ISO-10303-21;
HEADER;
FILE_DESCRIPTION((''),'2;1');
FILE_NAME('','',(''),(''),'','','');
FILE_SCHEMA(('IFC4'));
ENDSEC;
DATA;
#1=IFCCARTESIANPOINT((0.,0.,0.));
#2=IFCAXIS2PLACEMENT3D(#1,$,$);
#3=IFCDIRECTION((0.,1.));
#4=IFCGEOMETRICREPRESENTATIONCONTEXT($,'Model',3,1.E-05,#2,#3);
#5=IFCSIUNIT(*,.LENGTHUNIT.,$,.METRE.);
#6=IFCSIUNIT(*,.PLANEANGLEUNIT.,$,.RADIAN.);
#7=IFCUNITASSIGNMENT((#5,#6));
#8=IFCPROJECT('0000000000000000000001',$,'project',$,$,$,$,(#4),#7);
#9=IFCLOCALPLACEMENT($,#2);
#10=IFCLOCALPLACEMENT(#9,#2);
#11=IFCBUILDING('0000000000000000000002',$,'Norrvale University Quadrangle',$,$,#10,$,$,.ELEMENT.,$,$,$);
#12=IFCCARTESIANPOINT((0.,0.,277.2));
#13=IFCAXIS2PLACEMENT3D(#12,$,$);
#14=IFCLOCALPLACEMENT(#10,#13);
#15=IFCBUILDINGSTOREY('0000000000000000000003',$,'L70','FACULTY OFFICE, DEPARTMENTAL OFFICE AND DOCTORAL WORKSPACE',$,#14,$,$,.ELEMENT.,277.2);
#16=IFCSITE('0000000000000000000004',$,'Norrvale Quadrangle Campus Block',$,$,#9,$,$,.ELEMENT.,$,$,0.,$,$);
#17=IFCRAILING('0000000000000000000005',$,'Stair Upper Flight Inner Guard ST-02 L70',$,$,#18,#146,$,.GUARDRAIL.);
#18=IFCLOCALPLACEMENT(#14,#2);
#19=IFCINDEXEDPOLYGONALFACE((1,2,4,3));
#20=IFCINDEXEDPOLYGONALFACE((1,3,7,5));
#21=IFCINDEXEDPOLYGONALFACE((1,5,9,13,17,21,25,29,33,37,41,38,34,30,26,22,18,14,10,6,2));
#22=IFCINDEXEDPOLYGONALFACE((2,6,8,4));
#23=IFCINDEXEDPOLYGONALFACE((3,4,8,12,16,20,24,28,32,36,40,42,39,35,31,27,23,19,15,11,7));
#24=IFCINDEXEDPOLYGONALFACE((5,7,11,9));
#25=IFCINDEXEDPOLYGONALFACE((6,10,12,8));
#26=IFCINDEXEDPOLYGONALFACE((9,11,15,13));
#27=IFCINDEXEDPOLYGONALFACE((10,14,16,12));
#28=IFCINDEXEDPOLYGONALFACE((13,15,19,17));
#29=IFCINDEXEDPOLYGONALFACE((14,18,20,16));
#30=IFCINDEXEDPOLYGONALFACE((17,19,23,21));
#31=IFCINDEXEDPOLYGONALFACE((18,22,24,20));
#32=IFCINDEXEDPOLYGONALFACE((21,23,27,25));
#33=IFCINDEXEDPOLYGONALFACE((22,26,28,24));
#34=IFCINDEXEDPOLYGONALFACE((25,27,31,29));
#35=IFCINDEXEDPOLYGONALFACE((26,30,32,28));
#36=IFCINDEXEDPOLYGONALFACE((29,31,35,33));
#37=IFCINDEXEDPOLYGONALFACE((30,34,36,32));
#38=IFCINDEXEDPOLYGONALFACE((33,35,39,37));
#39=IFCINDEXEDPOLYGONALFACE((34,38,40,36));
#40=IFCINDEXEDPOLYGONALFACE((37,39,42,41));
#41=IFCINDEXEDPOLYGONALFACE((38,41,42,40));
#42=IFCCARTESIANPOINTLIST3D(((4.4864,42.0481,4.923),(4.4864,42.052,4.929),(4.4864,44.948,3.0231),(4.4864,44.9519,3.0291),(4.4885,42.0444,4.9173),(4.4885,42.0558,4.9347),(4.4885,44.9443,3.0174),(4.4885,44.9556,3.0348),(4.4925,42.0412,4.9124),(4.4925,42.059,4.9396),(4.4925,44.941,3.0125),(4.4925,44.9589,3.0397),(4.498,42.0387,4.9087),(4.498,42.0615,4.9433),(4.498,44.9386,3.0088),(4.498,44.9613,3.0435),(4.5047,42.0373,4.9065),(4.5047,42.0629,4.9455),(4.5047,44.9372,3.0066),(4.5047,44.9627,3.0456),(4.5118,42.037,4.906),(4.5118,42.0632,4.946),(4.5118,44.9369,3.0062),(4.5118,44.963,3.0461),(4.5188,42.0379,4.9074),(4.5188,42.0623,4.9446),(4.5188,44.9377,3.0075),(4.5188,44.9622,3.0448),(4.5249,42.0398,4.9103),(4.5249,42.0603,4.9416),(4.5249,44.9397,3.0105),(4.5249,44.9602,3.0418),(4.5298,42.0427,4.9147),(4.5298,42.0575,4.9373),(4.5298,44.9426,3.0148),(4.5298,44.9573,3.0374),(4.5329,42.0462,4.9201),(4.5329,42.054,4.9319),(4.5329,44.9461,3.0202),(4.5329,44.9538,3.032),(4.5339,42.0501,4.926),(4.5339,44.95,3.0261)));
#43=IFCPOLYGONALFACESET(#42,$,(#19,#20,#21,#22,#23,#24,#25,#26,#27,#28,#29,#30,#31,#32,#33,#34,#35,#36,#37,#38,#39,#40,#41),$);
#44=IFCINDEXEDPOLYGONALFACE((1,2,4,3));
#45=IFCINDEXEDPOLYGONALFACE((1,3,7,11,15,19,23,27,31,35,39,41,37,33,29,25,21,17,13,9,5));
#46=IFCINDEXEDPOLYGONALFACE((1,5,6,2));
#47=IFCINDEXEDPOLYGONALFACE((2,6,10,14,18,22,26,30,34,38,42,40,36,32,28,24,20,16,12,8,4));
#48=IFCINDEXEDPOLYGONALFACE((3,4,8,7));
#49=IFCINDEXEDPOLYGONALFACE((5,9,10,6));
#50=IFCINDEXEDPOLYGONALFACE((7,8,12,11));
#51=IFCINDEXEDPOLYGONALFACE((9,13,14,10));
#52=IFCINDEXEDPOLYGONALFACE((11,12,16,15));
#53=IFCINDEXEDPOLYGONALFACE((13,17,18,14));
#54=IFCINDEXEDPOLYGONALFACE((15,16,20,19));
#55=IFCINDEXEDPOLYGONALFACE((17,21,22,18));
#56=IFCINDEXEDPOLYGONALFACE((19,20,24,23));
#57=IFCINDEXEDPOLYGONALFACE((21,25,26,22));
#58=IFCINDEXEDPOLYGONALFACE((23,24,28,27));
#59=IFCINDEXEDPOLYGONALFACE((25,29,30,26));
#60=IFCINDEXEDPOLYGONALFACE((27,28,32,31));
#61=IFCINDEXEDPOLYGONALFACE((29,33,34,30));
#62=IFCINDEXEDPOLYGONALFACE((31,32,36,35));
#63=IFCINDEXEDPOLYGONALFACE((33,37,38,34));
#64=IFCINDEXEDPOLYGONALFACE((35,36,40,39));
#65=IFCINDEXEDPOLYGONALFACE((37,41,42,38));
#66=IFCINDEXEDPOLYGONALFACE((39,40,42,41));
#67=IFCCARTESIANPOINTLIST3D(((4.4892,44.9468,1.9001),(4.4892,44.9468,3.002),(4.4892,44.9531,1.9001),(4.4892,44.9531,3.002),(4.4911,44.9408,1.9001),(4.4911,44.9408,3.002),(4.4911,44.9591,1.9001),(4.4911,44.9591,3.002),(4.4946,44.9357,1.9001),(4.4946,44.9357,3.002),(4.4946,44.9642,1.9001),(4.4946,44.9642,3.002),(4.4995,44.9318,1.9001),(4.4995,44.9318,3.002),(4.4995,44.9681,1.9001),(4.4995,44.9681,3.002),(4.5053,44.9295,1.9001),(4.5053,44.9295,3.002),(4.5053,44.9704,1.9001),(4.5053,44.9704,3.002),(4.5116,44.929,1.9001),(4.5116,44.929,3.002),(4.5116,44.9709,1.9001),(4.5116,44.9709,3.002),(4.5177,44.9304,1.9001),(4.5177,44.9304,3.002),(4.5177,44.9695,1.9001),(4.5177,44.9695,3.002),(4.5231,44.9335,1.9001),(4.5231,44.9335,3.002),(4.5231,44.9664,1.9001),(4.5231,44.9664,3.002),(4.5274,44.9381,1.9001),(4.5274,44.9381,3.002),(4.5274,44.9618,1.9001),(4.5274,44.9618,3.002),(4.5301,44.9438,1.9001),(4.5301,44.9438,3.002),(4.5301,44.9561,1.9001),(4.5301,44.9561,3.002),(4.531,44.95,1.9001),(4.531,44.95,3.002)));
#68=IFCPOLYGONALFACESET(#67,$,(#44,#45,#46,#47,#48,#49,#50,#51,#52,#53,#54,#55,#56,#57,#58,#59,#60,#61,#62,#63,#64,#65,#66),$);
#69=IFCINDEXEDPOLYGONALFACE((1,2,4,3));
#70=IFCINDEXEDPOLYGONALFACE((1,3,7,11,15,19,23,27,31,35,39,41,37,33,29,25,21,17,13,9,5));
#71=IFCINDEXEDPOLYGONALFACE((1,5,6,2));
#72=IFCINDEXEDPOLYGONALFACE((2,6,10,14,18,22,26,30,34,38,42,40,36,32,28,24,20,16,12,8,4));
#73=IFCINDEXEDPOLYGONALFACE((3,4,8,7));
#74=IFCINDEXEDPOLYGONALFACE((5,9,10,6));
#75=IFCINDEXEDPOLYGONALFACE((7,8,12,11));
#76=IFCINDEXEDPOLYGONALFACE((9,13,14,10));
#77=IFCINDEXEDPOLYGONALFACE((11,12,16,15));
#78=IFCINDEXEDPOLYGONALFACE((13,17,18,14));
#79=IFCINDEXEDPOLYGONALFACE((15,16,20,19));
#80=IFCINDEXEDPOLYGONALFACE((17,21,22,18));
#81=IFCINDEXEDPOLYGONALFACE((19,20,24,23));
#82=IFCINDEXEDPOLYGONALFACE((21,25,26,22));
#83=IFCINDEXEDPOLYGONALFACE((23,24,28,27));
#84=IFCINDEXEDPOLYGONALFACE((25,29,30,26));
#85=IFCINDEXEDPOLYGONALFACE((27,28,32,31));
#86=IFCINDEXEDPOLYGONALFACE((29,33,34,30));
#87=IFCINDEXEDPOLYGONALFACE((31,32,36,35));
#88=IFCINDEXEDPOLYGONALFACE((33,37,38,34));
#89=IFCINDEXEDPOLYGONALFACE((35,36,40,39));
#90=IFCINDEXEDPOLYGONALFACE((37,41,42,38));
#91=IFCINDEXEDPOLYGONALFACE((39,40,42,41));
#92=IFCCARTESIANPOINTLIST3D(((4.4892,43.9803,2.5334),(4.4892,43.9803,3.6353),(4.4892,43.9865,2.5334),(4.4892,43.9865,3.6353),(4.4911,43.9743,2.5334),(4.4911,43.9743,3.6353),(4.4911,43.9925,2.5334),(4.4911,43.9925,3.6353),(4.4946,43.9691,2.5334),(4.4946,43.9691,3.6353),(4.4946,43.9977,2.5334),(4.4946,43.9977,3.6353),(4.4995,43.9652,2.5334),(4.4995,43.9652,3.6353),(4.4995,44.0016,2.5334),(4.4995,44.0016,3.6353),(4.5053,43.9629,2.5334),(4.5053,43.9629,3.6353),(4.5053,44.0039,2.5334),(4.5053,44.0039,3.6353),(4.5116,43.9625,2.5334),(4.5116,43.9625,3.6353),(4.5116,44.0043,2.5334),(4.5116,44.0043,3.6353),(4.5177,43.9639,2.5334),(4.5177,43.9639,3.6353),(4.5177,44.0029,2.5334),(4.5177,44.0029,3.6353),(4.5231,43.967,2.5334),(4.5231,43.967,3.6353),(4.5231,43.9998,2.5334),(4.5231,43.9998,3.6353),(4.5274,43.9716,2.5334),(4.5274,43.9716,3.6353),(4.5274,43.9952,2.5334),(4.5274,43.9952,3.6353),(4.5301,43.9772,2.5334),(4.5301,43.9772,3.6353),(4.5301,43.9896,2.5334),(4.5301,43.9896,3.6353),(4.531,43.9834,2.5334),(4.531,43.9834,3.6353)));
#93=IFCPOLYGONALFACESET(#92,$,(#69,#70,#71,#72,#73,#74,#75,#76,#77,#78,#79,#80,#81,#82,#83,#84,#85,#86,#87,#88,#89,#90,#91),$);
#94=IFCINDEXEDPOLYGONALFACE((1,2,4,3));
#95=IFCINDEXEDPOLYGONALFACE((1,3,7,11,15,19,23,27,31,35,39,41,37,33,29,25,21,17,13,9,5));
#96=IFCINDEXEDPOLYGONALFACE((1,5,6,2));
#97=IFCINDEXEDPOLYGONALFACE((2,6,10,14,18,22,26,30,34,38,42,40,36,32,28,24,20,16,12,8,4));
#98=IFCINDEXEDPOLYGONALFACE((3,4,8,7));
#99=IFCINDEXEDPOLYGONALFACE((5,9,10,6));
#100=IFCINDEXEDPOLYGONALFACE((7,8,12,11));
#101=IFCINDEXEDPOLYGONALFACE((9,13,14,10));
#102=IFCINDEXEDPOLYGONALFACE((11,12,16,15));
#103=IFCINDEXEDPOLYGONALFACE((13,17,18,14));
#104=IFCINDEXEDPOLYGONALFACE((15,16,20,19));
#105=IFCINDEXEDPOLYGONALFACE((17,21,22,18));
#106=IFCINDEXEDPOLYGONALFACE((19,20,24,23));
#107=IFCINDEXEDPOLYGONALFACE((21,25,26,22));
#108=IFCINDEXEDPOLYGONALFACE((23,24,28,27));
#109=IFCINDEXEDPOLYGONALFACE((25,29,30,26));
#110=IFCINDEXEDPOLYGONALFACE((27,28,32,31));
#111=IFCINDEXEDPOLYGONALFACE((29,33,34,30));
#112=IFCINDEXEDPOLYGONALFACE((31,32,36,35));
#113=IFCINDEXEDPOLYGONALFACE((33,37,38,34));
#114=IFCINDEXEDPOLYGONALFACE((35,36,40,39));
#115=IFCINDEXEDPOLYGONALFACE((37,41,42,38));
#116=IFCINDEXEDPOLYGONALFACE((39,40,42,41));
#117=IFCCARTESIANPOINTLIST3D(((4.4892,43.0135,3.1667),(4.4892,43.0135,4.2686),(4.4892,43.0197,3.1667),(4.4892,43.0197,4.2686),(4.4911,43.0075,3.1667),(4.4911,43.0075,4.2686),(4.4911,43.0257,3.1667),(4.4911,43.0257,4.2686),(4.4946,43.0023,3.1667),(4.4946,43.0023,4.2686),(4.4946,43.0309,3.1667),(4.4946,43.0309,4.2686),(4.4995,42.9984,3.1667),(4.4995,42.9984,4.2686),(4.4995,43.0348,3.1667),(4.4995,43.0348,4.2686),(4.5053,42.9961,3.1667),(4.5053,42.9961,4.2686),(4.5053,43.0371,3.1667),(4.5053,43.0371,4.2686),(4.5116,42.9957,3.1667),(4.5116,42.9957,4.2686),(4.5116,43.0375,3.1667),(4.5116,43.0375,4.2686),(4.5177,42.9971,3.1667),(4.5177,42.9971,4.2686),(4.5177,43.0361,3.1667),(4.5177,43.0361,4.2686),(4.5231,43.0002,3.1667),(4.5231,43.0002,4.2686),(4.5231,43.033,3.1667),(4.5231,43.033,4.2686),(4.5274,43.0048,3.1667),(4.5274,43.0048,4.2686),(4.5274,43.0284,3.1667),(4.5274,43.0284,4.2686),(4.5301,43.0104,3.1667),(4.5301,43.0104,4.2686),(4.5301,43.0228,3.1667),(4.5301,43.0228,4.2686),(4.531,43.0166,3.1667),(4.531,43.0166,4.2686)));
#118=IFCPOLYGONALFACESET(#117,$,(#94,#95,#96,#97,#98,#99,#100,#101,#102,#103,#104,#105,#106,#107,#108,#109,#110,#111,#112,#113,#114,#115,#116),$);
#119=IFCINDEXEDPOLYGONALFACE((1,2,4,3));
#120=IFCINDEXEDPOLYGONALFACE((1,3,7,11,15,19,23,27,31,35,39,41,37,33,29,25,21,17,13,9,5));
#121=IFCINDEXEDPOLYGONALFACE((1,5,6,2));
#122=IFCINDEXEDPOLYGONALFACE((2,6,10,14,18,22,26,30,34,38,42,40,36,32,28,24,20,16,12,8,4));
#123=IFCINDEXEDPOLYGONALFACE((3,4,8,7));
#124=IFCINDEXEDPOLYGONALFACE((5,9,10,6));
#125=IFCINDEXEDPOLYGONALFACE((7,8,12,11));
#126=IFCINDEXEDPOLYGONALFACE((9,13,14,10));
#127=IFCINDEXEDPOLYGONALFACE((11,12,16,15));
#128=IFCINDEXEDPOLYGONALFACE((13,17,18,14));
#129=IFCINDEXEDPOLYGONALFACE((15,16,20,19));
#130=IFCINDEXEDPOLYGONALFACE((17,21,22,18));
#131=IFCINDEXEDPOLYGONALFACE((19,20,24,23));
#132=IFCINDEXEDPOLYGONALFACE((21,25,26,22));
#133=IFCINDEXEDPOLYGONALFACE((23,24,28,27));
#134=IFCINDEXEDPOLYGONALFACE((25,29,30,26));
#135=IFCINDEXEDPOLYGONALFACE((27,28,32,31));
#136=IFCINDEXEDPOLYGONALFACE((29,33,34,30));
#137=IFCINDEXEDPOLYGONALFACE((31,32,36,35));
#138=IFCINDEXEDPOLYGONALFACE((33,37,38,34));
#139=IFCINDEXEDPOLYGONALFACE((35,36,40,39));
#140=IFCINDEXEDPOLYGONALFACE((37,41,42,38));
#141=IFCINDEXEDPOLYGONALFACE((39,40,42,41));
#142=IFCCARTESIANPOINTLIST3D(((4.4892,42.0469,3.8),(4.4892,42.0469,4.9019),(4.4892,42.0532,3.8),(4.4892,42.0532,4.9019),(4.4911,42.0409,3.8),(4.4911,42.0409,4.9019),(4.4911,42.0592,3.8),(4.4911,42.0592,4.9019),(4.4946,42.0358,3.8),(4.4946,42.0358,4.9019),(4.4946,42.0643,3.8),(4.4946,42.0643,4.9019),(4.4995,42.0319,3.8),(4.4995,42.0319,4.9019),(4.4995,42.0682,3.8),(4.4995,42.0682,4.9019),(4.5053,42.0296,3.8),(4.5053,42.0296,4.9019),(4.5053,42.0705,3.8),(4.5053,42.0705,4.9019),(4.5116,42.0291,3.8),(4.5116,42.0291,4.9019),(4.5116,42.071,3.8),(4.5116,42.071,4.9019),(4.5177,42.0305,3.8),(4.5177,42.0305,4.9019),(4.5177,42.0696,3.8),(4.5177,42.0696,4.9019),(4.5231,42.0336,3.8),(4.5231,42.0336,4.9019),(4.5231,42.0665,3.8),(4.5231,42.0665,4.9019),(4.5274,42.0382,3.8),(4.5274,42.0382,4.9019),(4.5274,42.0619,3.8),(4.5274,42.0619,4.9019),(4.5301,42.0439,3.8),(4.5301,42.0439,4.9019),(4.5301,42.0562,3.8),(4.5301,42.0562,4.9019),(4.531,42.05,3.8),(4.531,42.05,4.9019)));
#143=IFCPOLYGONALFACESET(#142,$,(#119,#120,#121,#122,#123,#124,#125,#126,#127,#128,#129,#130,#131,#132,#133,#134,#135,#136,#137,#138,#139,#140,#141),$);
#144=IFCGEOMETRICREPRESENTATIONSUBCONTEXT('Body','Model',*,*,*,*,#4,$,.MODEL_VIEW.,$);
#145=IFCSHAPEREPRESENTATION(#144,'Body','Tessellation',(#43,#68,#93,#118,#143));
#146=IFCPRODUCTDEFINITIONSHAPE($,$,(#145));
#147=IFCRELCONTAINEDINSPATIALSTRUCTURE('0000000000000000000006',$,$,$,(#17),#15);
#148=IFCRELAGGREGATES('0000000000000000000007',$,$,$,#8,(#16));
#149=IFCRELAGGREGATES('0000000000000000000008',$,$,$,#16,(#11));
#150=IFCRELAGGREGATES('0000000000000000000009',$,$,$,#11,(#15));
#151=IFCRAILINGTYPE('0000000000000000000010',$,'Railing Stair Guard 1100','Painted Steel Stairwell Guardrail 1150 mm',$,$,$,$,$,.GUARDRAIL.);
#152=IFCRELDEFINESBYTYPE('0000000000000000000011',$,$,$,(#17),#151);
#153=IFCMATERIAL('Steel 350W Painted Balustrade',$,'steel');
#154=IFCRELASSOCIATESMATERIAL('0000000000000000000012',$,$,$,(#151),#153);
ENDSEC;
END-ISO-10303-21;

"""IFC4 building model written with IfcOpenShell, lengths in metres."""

from ifc_helpers import new_model, si_unit, direction, frame, origin, origin_2d, place, context, subcontext, project, spatial, circle, extrude, material, type_object, element, save


model = new_model("IFC4")

# Units and contexts
model_context = context("Model", 3, precision=1e-05, world=origin(), true_north=direction((0.0, 1.0)))
body_context = subcontext(model_context, "Body", "Model", "MODEL_VIEW")
ifc_project = project(units=[si_unit("LENGTHUNIT", "METRE"), si_unit("PLANEANGLEUNIT", "RADIAN")], contexts=[model_context])

# Site, building, storey
site_placement = place(None, origin())
site = spatial("IfcSite", under=ifc_project, at=site_placement, Name="Norrvale Quadrangle Campus Block", CompositionType="ELEMENT", RefElevation=0.0)
building_placement = place(site_placement, origin())
building = spatial("IfcBuilding", under=site, at=building_placement, Name="Norrvale University Quadrangle", CompositionType="ELEMENT")
storey_placement = place(building_placement, frame((0.0, 0.0, 277.2)))
storey = spatial("IfcBuildingStorey", under=building, at=storey_placement, Name="L70", Description="FACULTY OFFICE, DEPARTMENTAL OFFICE AND DOCTORAL WORKSPACE", CompositionType="ELEMENT", Elevation=277.2)

# Railing
ifc_material_1 = material(Name="Steel 350W Painted Balustrade", Category="steel")
railing_type_1 = type_object("IfcRailingType", Name="Railing Stair Guard 1100", Description="Painted Steel Stairwell Guardrail 1150 mm", PredefinedType="GUARDRAIL", material=ifc_material_1)
railing_1_placement = place(storey_placement, frame((4.51, 44.95, 1.9001)))
element("IfcRailing", 1, at=railing_1_placement, inside=storey, type_object=railing_type_1, Name="Stair Upper Flight Inner Guard ST-02 L70", PredefinedType="GUARDRAIL", context=body_context, shape_type="SweptSolid", body=[
    extrude(circle(Radius=0.0239, at=origin_2d()), frame((0.0, 0.0, 1.126), z_axis=(0.0, -0.836466, 0.548019), x_axis=(1.0, 0.0, 0.0)), (0.0, 0.0, 1.0), 3.4668),
    extrude(circle(Radius=0.021, at=origin_2d()), origin(), (0.0, 0.0, 1.0), 1.1018),
    extrude(circle(Radius=0.021, at=origin_2d()), frame((0.0, -0.9666, 0.6333)), (0.0, 0.0, 1.0), 1.1018),
    extrude(circle(Radius=0.021, at=origin_2d()), frame((0.0, -1.9333, 1.2666)), (0.0, 0.0, 1.0), 1.1018),
    extrude(circle(Radius=0.021, at=origin_2d()), frame((0.0, -2.8999, 1.8999)), (0.0, 0.0, 1.0), 1.1018),
])

save(model, "model.ifc")
